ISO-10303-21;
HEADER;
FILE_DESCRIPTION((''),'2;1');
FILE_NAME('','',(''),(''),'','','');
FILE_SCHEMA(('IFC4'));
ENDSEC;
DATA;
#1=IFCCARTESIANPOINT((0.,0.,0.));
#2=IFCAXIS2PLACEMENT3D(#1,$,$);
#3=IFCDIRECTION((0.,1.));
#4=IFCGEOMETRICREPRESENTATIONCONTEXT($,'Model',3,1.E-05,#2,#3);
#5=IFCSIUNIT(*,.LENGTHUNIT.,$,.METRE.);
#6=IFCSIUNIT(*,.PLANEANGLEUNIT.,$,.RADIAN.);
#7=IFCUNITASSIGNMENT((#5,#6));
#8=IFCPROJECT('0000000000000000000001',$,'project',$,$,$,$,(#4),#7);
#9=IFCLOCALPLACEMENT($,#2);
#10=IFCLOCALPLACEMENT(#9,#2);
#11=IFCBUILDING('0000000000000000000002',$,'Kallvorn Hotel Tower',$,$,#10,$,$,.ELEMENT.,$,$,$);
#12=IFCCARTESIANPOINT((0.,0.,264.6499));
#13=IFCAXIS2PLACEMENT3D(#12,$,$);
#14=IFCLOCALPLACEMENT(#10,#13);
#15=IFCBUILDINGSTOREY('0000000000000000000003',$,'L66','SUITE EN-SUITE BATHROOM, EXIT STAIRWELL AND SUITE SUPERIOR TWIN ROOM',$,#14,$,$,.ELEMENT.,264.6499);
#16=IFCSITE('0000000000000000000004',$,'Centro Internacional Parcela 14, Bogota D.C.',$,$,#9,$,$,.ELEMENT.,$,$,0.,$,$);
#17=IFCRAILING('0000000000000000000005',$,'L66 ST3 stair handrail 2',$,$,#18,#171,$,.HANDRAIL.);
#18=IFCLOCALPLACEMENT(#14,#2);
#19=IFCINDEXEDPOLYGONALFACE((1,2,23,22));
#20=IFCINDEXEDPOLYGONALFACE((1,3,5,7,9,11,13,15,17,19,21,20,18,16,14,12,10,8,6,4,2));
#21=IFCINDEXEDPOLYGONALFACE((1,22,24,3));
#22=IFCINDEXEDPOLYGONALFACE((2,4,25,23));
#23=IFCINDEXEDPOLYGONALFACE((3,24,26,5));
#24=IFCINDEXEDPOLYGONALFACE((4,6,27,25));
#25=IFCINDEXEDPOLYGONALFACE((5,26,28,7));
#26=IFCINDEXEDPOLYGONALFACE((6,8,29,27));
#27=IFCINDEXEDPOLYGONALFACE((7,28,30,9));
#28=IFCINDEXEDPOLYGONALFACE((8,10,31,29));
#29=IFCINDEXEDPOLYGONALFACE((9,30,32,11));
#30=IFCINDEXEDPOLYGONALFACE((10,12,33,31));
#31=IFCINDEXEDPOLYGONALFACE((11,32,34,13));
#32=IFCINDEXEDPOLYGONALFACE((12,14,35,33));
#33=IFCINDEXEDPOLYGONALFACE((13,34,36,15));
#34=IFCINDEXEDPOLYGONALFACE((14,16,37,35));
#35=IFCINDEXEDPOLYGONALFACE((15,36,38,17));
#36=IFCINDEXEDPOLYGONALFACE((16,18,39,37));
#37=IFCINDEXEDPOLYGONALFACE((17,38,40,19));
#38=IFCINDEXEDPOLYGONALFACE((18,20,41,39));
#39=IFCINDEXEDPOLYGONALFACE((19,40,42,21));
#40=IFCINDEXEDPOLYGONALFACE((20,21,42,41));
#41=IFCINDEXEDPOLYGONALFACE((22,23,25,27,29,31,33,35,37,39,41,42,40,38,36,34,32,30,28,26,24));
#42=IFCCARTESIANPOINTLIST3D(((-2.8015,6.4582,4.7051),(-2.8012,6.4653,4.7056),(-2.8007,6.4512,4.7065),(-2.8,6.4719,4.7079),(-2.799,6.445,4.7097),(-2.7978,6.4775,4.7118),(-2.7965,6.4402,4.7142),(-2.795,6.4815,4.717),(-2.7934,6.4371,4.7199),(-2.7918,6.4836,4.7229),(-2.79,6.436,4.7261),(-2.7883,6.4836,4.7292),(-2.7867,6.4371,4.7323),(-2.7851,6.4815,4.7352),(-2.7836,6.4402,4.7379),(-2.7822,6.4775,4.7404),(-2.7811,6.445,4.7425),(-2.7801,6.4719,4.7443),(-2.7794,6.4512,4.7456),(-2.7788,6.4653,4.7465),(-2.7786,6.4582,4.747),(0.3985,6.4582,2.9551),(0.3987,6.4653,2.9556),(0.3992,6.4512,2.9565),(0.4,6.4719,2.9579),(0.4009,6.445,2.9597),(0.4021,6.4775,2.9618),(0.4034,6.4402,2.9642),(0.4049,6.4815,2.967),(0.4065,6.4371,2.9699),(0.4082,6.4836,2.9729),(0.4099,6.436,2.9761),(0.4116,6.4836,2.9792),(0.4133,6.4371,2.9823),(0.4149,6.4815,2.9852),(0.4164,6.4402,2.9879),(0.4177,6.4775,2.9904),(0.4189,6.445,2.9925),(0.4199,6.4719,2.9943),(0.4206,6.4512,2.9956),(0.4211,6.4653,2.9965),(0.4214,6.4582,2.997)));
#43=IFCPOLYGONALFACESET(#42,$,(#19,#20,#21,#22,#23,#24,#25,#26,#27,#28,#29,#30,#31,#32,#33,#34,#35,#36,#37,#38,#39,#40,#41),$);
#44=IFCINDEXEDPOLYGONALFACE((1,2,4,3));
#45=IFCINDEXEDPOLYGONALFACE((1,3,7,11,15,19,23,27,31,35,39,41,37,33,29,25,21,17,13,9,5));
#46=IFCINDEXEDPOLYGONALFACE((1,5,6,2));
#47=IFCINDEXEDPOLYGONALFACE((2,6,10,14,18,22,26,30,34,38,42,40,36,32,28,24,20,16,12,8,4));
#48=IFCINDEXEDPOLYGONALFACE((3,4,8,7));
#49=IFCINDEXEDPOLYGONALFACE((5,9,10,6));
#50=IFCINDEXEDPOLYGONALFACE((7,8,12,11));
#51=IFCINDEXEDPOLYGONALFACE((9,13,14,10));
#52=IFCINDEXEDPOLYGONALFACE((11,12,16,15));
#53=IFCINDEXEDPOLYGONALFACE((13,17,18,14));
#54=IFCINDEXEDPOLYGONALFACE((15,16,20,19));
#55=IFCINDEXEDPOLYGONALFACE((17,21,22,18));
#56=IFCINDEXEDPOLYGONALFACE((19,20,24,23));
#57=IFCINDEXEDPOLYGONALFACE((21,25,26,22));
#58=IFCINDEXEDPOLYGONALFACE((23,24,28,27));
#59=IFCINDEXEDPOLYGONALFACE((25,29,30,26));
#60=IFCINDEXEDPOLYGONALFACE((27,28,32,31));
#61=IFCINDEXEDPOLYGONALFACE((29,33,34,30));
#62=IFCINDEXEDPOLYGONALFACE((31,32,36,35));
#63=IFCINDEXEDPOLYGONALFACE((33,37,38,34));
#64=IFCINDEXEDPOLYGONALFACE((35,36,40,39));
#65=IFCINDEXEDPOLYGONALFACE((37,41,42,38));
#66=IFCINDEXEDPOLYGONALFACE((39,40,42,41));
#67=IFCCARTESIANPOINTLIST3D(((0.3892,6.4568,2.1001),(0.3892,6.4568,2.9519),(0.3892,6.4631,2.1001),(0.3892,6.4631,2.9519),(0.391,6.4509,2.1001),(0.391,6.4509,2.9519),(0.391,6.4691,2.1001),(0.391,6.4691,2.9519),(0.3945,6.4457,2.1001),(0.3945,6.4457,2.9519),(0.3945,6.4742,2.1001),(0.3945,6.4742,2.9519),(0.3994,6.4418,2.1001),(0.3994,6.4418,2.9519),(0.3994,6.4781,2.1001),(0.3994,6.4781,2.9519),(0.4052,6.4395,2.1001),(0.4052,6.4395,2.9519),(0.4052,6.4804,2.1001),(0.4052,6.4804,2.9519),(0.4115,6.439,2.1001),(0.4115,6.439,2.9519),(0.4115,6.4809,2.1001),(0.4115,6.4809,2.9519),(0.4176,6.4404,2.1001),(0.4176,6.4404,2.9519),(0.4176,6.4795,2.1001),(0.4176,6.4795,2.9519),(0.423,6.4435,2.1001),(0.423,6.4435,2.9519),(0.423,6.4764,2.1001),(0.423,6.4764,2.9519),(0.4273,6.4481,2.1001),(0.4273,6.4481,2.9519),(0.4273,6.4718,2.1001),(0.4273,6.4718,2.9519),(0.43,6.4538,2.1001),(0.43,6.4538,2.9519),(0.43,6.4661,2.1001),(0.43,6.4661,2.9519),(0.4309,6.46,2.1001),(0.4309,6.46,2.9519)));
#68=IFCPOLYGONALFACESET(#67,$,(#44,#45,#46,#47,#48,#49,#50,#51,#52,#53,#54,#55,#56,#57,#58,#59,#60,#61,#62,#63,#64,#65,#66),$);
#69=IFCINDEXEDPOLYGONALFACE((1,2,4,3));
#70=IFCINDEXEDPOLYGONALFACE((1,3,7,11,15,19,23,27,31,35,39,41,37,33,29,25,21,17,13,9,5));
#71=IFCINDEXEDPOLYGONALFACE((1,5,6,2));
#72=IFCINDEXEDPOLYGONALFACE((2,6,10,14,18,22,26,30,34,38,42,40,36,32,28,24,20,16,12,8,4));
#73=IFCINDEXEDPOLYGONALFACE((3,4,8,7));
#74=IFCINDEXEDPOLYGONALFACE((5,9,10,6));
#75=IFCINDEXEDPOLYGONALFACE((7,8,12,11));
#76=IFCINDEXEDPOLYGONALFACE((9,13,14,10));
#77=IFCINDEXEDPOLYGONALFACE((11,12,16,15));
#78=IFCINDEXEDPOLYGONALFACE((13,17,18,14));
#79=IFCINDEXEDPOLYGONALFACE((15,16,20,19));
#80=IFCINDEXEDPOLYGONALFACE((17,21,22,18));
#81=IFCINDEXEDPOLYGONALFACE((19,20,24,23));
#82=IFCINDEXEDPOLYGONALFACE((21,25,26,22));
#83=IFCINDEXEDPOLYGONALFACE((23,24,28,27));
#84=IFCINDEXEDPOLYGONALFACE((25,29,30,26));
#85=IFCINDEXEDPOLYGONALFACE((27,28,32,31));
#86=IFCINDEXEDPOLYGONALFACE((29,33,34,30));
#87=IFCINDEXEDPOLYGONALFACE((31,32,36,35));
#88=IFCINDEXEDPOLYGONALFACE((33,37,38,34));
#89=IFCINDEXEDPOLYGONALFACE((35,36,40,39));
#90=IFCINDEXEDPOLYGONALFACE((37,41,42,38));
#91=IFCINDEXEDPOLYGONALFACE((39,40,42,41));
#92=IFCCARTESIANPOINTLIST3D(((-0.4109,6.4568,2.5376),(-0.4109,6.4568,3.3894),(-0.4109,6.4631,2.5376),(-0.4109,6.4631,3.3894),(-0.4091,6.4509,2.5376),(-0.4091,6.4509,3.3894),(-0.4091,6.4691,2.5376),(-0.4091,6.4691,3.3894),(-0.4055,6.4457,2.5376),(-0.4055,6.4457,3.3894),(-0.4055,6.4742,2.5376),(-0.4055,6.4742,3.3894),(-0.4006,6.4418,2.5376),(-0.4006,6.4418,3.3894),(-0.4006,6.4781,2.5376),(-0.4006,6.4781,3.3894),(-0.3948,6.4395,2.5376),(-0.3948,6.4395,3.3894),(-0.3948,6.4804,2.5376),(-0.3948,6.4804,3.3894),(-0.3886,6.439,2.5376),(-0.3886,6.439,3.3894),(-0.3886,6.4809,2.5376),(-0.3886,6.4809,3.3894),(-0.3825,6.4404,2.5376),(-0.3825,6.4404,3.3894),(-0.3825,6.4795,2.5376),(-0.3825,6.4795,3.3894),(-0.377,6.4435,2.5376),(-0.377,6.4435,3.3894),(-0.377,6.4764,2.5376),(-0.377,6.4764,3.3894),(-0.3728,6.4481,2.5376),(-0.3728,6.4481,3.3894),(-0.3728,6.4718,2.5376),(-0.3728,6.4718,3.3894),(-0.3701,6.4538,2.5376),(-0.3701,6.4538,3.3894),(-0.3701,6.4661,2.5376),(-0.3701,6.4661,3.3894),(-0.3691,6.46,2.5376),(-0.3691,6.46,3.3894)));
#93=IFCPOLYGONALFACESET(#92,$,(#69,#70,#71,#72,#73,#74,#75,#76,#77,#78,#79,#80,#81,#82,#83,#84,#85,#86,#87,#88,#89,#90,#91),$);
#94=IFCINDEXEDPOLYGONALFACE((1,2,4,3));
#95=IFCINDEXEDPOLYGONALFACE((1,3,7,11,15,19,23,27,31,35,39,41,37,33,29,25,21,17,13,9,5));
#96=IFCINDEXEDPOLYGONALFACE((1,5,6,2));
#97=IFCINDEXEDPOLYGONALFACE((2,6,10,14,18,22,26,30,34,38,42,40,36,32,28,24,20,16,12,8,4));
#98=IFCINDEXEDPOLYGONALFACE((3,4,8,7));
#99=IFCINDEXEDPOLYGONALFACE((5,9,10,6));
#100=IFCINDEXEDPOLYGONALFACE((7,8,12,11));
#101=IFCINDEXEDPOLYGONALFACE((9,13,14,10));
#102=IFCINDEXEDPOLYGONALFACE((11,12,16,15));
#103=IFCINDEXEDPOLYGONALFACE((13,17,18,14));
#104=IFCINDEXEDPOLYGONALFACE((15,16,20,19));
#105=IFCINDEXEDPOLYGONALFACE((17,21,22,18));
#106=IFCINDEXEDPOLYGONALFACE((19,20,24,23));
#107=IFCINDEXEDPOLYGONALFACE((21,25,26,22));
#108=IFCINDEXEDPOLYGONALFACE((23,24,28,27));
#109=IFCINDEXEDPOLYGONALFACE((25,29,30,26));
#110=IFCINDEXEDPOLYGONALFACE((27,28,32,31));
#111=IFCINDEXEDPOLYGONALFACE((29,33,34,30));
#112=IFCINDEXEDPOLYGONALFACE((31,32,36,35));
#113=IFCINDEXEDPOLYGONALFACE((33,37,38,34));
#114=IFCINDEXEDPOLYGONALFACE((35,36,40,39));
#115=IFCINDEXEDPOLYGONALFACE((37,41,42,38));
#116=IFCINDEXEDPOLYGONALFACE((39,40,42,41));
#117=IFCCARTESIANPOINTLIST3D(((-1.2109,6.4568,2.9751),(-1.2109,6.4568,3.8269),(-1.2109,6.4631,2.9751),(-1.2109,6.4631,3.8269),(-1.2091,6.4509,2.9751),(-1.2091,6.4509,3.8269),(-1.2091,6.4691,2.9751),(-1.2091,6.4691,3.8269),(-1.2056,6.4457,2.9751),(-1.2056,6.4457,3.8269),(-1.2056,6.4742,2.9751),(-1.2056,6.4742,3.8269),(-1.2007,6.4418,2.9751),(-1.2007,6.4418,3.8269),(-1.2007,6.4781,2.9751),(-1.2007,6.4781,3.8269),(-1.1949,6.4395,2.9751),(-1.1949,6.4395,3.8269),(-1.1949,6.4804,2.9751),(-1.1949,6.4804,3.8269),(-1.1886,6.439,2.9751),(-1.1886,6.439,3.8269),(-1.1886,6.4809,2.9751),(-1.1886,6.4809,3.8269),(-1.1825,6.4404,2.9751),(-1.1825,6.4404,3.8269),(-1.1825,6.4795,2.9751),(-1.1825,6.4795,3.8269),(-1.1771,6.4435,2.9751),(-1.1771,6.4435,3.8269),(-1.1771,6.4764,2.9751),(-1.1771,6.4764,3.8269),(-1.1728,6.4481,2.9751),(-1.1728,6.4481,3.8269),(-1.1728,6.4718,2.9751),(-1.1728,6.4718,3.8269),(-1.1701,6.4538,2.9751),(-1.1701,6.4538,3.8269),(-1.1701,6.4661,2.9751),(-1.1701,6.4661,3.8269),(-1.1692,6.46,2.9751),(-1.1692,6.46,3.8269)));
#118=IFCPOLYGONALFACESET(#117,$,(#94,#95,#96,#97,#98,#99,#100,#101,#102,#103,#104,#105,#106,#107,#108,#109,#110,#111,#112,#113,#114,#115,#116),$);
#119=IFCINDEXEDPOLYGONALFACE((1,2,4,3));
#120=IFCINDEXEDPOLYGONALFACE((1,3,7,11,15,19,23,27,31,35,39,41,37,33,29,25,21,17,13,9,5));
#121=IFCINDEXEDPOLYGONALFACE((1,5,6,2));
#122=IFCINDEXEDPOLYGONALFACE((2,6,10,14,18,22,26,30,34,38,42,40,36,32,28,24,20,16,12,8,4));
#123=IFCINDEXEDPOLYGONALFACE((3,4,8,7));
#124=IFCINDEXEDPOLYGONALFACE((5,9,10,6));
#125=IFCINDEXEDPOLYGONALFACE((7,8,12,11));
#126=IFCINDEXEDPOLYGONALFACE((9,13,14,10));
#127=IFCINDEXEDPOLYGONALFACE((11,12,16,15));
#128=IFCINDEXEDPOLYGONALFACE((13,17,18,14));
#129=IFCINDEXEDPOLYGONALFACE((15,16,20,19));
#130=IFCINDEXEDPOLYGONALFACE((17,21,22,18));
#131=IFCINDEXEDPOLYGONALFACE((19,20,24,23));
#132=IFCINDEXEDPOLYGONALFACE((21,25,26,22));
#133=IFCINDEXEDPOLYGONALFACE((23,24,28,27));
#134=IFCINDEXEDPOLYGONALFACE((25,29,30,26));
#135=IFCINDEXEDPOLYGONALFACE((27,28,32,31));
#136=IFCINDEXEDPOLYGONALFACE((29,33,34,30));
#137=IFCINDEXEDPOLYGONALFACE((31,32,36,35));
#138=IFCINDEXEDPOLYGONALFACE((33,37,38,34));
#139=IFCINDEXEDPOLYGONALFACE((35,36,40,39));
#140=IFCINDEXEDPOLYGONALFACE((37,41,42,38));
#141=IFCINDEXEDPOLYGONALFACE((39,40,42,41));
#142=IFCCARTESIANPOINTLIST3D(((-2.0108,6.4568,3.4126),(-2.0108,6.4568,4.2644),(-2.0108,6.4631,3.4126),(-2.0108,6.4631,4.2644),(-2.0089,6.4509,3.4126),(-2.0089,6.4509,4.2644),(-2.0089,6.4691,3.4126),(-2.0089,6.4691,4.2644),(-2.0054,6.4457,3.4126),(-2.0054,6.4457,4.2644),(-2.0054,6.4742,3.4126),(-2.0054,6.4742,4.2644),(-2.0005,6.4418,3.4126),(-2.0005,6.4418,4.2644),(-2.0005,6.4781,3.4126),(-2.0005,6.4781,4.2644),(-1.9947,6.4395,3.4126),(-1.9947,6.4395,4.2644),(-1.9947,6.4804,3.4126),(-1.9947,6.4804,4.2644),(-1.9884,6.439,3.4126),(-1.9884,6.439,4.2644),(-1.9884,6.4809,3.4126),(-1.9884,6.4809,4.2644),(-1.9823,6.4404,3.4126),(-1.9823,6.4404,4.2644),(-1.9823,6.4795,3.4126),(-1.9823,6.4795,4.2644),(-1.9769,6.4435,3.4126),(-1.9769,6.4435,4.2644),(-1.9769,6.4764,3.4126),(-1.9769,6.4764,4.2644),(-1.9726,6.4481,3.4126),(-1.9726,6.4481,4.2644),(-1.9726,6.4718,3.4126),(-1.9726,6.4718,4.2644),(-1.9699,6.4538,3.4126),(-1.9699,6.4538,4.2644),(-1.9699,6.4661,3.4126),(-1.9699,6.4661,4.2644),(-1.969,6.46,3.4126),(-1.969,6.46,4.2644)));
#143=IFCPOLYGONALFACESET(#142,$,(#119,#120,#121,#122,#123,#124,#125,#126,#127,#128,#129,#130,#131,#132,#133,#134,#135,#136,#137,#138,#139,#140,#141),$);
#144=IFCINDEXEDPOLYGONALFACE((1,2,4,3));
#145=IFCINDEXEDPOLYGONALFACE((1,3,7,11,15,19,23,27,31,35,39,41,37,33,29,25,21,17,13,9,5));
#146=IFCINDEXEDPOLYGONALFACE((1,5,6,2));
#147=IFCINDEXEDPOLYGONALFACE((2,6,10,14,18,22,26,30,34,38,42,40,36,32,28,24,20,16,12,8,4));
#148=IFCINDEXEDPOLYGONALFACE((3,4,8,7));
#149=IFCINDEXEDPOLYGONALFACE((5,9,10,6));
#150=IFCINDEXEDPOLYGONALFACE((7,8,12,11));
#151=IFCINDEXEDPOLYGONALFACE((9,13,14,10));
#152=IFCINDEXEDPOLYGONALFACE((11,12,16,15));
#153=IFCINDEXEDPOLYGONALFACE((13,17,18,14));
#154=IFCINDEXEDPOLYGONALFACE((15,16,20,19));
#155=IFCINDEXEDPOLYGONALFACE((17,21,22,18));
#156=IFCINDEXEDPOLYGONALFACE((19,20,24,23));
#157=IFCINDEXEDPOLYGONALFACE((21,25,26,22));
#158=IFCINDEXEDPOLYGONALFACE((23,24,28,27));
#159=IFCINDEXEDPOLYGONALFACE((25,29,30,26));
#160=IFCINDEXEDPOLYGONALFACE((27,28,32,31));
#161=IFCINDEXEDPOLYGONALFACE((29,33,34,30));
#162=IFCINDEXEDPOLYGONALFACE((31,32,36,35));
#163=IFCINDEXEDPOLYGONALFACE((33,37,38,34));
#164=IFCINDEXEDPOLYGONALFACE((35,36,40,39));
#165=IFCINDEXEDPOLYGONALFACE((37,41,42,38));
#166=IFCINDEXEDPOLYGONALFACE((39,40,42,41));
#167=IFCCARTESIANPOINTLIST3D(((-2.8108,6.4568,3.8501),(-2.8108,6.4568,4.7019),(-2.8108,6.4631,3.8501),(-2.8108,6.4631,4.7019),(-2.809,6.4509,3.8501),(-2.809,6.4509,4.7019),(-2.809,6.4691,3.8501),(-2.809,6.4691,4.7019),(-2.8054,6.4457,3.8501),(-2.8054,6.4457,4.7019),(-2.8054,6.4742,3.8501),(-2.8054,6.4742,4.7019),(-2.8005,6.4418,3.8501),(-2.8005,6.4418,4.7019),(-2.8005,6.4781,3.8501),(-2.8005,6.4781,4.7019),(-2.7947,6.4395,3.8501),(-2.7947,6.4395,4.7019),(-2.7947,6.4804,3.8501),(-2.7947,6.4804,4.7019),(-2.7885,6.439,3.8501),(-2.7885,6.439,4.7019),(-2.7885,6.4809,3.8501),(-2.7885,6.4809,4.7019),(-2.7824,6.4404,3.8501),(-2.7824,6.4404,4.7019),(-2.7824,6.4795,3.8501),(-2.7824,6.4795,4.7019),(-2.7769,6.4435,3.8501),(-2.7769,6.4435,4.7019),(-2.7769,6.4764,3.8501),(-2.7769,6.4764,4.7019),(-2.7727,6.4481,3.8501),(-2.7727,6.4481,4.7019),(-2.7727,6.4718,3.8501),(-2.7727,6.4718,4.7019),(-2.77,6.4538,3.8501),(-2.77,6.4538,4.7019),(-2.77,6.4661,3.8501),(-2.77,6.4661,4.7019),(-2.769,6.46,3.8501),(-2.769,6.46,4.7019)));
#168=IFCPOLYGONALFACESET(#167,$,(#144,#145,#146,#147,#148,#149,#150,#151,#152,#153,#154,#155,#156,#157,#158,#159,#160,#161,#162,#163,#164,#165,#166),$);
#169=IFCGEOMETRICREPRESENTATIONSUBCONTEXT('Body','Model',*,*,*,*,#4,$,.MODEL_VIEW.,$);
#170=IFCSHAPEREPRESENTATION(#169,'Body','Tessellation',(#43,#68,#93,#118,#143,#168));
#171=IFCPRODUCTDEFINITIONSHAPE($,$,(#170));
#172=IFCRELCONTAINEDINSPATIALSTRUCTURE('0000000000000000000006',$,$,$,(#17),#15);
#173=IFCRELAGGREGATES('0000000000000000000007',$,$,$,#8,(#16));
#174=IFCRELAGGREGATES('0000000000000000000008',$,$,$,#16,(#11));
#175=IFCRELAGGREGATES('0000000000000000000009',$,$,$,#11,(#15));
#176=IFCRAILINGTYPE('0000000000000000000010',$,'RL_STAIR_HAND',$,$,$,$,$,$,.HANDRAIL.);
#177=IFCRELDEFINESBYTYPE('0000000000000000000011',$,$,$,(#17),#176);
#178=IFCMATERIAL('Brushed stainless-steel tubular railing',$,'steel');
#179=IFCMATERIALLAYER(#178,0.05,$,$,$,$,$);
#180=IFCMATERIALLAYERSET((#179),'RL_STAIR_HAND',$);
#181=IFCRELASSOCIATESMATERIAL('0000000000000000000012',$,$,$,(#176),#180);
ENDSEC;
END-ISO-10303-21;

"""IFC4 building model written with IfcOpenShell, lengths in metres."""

from ifc_helpers import new_model, si_unit, direction, frame, origin, origin_2d, place, context, subcontext, project, spatial, circle, extrude, material, layer, layer_set, type_object, element, save


model = new_model("IFC4")

# Units and contexts
model_context = context("Model", 3, precision=1e-05, world=origin(), true_north=direction((0.0, 1.0)))
body_context = subcontext(model_context, "Body", "Model", "MODEL_VIEW")
ifc_project = project(units=[si_unit("LENGTHUNIT", "METRE"), si_unit("PLANEANGLEUNIT", "RADIAN")], contexts=[model_context])

# Site, building, storey
site_placement = place(None, origin())
site = spatial("IfcSite", under=ifc_project, at=site_placement, Name="Centro Internacional Parcela 14, Bogota D.C.", CompositionType="ELEMENT", RefElevation=0.0)
building_placement = place(site_placement, origin())
building = spatial("IfcBuilding", under=site, at=building_placement, Name="Kallvorn Hotel Tower", CompositionType="ELEMENT")
storey_placement = place(building_placement, frame((0.0, 0.0, 264.6499)))
storey = spatial("IfcBuildingStorey", under=building, at=storey_placement, Name="L66", Description="SUITE EN-SUITE BATHROOM, EXIT STAIRWELL AND SUITE SUPERIOR TWIN ROOM", CompositionType="ELEMENT", Elevation=264.6499)

# Railing
ifc_material_1 = material(Name="Brushed stainless-steel tubular railing", Category="steel")
ifc_layer_1 = layer(ifc_material_1, 0.05)
ifc_layer_set_1 = layer_set([ifc_layer_1], Name="RL_STAIR_HAND")
railing_type_1 = type_object("IfcRailingType", Name="RL_STAIR_HAND", PredefinedType="HANDRAIL", material=ifc_layer_set_1)
railing_1_placement = place(storey_placement, frame((0.4099, 6.46, 2.1001)))
element("IfcRailing", 1, at=railing_1_placement, inside=storey, type_object=railing_type_1, Name="L66 ST3 stair handrail 2", PredefinedType="HANDRAIL", context=body_context, shape_type="SweptSolid", body=[
    extrude(circle(Radius=0.0239, at=origin_2d()), frame((0.0, 0.0, 0.876), z_axis=(-0.877368, 0.0, 0.479818), x_axis=(0.0, -1.0, 0.0)), (0.0, 0.0, 1.0), 3.6472),
    extrude(circle(Radius=0.021, at=origin_2d()), origin(), (0.0, 0.0, 1.0), 0.8518),
    extrude(circle(Radius=0.021, at=origin_2d()), frame((-0.8, 0.0, 0.4375)), (0.0, 0.0, 1.0), 0.8518),
    extrude(circle(Radius=0.021, at=origin_2d()), frame((-1.6001, 0.0, 0.875)), (0.0, 0.0, 1.0), 0.8518),
    extrude(circle(Radius=0.021, at=origin_2d()), frame((-2.3999, 0.0, 1.3125)), (0.0, 0.0, 1.0), 0.8518),
    extrude(circle(Radius=0.021, at=origin_2d()), frame((-3.2, 0.0, 1.75)), (0.0, 0.0, 1.0), 0.8518),
])

save(model, "model.ifc")
